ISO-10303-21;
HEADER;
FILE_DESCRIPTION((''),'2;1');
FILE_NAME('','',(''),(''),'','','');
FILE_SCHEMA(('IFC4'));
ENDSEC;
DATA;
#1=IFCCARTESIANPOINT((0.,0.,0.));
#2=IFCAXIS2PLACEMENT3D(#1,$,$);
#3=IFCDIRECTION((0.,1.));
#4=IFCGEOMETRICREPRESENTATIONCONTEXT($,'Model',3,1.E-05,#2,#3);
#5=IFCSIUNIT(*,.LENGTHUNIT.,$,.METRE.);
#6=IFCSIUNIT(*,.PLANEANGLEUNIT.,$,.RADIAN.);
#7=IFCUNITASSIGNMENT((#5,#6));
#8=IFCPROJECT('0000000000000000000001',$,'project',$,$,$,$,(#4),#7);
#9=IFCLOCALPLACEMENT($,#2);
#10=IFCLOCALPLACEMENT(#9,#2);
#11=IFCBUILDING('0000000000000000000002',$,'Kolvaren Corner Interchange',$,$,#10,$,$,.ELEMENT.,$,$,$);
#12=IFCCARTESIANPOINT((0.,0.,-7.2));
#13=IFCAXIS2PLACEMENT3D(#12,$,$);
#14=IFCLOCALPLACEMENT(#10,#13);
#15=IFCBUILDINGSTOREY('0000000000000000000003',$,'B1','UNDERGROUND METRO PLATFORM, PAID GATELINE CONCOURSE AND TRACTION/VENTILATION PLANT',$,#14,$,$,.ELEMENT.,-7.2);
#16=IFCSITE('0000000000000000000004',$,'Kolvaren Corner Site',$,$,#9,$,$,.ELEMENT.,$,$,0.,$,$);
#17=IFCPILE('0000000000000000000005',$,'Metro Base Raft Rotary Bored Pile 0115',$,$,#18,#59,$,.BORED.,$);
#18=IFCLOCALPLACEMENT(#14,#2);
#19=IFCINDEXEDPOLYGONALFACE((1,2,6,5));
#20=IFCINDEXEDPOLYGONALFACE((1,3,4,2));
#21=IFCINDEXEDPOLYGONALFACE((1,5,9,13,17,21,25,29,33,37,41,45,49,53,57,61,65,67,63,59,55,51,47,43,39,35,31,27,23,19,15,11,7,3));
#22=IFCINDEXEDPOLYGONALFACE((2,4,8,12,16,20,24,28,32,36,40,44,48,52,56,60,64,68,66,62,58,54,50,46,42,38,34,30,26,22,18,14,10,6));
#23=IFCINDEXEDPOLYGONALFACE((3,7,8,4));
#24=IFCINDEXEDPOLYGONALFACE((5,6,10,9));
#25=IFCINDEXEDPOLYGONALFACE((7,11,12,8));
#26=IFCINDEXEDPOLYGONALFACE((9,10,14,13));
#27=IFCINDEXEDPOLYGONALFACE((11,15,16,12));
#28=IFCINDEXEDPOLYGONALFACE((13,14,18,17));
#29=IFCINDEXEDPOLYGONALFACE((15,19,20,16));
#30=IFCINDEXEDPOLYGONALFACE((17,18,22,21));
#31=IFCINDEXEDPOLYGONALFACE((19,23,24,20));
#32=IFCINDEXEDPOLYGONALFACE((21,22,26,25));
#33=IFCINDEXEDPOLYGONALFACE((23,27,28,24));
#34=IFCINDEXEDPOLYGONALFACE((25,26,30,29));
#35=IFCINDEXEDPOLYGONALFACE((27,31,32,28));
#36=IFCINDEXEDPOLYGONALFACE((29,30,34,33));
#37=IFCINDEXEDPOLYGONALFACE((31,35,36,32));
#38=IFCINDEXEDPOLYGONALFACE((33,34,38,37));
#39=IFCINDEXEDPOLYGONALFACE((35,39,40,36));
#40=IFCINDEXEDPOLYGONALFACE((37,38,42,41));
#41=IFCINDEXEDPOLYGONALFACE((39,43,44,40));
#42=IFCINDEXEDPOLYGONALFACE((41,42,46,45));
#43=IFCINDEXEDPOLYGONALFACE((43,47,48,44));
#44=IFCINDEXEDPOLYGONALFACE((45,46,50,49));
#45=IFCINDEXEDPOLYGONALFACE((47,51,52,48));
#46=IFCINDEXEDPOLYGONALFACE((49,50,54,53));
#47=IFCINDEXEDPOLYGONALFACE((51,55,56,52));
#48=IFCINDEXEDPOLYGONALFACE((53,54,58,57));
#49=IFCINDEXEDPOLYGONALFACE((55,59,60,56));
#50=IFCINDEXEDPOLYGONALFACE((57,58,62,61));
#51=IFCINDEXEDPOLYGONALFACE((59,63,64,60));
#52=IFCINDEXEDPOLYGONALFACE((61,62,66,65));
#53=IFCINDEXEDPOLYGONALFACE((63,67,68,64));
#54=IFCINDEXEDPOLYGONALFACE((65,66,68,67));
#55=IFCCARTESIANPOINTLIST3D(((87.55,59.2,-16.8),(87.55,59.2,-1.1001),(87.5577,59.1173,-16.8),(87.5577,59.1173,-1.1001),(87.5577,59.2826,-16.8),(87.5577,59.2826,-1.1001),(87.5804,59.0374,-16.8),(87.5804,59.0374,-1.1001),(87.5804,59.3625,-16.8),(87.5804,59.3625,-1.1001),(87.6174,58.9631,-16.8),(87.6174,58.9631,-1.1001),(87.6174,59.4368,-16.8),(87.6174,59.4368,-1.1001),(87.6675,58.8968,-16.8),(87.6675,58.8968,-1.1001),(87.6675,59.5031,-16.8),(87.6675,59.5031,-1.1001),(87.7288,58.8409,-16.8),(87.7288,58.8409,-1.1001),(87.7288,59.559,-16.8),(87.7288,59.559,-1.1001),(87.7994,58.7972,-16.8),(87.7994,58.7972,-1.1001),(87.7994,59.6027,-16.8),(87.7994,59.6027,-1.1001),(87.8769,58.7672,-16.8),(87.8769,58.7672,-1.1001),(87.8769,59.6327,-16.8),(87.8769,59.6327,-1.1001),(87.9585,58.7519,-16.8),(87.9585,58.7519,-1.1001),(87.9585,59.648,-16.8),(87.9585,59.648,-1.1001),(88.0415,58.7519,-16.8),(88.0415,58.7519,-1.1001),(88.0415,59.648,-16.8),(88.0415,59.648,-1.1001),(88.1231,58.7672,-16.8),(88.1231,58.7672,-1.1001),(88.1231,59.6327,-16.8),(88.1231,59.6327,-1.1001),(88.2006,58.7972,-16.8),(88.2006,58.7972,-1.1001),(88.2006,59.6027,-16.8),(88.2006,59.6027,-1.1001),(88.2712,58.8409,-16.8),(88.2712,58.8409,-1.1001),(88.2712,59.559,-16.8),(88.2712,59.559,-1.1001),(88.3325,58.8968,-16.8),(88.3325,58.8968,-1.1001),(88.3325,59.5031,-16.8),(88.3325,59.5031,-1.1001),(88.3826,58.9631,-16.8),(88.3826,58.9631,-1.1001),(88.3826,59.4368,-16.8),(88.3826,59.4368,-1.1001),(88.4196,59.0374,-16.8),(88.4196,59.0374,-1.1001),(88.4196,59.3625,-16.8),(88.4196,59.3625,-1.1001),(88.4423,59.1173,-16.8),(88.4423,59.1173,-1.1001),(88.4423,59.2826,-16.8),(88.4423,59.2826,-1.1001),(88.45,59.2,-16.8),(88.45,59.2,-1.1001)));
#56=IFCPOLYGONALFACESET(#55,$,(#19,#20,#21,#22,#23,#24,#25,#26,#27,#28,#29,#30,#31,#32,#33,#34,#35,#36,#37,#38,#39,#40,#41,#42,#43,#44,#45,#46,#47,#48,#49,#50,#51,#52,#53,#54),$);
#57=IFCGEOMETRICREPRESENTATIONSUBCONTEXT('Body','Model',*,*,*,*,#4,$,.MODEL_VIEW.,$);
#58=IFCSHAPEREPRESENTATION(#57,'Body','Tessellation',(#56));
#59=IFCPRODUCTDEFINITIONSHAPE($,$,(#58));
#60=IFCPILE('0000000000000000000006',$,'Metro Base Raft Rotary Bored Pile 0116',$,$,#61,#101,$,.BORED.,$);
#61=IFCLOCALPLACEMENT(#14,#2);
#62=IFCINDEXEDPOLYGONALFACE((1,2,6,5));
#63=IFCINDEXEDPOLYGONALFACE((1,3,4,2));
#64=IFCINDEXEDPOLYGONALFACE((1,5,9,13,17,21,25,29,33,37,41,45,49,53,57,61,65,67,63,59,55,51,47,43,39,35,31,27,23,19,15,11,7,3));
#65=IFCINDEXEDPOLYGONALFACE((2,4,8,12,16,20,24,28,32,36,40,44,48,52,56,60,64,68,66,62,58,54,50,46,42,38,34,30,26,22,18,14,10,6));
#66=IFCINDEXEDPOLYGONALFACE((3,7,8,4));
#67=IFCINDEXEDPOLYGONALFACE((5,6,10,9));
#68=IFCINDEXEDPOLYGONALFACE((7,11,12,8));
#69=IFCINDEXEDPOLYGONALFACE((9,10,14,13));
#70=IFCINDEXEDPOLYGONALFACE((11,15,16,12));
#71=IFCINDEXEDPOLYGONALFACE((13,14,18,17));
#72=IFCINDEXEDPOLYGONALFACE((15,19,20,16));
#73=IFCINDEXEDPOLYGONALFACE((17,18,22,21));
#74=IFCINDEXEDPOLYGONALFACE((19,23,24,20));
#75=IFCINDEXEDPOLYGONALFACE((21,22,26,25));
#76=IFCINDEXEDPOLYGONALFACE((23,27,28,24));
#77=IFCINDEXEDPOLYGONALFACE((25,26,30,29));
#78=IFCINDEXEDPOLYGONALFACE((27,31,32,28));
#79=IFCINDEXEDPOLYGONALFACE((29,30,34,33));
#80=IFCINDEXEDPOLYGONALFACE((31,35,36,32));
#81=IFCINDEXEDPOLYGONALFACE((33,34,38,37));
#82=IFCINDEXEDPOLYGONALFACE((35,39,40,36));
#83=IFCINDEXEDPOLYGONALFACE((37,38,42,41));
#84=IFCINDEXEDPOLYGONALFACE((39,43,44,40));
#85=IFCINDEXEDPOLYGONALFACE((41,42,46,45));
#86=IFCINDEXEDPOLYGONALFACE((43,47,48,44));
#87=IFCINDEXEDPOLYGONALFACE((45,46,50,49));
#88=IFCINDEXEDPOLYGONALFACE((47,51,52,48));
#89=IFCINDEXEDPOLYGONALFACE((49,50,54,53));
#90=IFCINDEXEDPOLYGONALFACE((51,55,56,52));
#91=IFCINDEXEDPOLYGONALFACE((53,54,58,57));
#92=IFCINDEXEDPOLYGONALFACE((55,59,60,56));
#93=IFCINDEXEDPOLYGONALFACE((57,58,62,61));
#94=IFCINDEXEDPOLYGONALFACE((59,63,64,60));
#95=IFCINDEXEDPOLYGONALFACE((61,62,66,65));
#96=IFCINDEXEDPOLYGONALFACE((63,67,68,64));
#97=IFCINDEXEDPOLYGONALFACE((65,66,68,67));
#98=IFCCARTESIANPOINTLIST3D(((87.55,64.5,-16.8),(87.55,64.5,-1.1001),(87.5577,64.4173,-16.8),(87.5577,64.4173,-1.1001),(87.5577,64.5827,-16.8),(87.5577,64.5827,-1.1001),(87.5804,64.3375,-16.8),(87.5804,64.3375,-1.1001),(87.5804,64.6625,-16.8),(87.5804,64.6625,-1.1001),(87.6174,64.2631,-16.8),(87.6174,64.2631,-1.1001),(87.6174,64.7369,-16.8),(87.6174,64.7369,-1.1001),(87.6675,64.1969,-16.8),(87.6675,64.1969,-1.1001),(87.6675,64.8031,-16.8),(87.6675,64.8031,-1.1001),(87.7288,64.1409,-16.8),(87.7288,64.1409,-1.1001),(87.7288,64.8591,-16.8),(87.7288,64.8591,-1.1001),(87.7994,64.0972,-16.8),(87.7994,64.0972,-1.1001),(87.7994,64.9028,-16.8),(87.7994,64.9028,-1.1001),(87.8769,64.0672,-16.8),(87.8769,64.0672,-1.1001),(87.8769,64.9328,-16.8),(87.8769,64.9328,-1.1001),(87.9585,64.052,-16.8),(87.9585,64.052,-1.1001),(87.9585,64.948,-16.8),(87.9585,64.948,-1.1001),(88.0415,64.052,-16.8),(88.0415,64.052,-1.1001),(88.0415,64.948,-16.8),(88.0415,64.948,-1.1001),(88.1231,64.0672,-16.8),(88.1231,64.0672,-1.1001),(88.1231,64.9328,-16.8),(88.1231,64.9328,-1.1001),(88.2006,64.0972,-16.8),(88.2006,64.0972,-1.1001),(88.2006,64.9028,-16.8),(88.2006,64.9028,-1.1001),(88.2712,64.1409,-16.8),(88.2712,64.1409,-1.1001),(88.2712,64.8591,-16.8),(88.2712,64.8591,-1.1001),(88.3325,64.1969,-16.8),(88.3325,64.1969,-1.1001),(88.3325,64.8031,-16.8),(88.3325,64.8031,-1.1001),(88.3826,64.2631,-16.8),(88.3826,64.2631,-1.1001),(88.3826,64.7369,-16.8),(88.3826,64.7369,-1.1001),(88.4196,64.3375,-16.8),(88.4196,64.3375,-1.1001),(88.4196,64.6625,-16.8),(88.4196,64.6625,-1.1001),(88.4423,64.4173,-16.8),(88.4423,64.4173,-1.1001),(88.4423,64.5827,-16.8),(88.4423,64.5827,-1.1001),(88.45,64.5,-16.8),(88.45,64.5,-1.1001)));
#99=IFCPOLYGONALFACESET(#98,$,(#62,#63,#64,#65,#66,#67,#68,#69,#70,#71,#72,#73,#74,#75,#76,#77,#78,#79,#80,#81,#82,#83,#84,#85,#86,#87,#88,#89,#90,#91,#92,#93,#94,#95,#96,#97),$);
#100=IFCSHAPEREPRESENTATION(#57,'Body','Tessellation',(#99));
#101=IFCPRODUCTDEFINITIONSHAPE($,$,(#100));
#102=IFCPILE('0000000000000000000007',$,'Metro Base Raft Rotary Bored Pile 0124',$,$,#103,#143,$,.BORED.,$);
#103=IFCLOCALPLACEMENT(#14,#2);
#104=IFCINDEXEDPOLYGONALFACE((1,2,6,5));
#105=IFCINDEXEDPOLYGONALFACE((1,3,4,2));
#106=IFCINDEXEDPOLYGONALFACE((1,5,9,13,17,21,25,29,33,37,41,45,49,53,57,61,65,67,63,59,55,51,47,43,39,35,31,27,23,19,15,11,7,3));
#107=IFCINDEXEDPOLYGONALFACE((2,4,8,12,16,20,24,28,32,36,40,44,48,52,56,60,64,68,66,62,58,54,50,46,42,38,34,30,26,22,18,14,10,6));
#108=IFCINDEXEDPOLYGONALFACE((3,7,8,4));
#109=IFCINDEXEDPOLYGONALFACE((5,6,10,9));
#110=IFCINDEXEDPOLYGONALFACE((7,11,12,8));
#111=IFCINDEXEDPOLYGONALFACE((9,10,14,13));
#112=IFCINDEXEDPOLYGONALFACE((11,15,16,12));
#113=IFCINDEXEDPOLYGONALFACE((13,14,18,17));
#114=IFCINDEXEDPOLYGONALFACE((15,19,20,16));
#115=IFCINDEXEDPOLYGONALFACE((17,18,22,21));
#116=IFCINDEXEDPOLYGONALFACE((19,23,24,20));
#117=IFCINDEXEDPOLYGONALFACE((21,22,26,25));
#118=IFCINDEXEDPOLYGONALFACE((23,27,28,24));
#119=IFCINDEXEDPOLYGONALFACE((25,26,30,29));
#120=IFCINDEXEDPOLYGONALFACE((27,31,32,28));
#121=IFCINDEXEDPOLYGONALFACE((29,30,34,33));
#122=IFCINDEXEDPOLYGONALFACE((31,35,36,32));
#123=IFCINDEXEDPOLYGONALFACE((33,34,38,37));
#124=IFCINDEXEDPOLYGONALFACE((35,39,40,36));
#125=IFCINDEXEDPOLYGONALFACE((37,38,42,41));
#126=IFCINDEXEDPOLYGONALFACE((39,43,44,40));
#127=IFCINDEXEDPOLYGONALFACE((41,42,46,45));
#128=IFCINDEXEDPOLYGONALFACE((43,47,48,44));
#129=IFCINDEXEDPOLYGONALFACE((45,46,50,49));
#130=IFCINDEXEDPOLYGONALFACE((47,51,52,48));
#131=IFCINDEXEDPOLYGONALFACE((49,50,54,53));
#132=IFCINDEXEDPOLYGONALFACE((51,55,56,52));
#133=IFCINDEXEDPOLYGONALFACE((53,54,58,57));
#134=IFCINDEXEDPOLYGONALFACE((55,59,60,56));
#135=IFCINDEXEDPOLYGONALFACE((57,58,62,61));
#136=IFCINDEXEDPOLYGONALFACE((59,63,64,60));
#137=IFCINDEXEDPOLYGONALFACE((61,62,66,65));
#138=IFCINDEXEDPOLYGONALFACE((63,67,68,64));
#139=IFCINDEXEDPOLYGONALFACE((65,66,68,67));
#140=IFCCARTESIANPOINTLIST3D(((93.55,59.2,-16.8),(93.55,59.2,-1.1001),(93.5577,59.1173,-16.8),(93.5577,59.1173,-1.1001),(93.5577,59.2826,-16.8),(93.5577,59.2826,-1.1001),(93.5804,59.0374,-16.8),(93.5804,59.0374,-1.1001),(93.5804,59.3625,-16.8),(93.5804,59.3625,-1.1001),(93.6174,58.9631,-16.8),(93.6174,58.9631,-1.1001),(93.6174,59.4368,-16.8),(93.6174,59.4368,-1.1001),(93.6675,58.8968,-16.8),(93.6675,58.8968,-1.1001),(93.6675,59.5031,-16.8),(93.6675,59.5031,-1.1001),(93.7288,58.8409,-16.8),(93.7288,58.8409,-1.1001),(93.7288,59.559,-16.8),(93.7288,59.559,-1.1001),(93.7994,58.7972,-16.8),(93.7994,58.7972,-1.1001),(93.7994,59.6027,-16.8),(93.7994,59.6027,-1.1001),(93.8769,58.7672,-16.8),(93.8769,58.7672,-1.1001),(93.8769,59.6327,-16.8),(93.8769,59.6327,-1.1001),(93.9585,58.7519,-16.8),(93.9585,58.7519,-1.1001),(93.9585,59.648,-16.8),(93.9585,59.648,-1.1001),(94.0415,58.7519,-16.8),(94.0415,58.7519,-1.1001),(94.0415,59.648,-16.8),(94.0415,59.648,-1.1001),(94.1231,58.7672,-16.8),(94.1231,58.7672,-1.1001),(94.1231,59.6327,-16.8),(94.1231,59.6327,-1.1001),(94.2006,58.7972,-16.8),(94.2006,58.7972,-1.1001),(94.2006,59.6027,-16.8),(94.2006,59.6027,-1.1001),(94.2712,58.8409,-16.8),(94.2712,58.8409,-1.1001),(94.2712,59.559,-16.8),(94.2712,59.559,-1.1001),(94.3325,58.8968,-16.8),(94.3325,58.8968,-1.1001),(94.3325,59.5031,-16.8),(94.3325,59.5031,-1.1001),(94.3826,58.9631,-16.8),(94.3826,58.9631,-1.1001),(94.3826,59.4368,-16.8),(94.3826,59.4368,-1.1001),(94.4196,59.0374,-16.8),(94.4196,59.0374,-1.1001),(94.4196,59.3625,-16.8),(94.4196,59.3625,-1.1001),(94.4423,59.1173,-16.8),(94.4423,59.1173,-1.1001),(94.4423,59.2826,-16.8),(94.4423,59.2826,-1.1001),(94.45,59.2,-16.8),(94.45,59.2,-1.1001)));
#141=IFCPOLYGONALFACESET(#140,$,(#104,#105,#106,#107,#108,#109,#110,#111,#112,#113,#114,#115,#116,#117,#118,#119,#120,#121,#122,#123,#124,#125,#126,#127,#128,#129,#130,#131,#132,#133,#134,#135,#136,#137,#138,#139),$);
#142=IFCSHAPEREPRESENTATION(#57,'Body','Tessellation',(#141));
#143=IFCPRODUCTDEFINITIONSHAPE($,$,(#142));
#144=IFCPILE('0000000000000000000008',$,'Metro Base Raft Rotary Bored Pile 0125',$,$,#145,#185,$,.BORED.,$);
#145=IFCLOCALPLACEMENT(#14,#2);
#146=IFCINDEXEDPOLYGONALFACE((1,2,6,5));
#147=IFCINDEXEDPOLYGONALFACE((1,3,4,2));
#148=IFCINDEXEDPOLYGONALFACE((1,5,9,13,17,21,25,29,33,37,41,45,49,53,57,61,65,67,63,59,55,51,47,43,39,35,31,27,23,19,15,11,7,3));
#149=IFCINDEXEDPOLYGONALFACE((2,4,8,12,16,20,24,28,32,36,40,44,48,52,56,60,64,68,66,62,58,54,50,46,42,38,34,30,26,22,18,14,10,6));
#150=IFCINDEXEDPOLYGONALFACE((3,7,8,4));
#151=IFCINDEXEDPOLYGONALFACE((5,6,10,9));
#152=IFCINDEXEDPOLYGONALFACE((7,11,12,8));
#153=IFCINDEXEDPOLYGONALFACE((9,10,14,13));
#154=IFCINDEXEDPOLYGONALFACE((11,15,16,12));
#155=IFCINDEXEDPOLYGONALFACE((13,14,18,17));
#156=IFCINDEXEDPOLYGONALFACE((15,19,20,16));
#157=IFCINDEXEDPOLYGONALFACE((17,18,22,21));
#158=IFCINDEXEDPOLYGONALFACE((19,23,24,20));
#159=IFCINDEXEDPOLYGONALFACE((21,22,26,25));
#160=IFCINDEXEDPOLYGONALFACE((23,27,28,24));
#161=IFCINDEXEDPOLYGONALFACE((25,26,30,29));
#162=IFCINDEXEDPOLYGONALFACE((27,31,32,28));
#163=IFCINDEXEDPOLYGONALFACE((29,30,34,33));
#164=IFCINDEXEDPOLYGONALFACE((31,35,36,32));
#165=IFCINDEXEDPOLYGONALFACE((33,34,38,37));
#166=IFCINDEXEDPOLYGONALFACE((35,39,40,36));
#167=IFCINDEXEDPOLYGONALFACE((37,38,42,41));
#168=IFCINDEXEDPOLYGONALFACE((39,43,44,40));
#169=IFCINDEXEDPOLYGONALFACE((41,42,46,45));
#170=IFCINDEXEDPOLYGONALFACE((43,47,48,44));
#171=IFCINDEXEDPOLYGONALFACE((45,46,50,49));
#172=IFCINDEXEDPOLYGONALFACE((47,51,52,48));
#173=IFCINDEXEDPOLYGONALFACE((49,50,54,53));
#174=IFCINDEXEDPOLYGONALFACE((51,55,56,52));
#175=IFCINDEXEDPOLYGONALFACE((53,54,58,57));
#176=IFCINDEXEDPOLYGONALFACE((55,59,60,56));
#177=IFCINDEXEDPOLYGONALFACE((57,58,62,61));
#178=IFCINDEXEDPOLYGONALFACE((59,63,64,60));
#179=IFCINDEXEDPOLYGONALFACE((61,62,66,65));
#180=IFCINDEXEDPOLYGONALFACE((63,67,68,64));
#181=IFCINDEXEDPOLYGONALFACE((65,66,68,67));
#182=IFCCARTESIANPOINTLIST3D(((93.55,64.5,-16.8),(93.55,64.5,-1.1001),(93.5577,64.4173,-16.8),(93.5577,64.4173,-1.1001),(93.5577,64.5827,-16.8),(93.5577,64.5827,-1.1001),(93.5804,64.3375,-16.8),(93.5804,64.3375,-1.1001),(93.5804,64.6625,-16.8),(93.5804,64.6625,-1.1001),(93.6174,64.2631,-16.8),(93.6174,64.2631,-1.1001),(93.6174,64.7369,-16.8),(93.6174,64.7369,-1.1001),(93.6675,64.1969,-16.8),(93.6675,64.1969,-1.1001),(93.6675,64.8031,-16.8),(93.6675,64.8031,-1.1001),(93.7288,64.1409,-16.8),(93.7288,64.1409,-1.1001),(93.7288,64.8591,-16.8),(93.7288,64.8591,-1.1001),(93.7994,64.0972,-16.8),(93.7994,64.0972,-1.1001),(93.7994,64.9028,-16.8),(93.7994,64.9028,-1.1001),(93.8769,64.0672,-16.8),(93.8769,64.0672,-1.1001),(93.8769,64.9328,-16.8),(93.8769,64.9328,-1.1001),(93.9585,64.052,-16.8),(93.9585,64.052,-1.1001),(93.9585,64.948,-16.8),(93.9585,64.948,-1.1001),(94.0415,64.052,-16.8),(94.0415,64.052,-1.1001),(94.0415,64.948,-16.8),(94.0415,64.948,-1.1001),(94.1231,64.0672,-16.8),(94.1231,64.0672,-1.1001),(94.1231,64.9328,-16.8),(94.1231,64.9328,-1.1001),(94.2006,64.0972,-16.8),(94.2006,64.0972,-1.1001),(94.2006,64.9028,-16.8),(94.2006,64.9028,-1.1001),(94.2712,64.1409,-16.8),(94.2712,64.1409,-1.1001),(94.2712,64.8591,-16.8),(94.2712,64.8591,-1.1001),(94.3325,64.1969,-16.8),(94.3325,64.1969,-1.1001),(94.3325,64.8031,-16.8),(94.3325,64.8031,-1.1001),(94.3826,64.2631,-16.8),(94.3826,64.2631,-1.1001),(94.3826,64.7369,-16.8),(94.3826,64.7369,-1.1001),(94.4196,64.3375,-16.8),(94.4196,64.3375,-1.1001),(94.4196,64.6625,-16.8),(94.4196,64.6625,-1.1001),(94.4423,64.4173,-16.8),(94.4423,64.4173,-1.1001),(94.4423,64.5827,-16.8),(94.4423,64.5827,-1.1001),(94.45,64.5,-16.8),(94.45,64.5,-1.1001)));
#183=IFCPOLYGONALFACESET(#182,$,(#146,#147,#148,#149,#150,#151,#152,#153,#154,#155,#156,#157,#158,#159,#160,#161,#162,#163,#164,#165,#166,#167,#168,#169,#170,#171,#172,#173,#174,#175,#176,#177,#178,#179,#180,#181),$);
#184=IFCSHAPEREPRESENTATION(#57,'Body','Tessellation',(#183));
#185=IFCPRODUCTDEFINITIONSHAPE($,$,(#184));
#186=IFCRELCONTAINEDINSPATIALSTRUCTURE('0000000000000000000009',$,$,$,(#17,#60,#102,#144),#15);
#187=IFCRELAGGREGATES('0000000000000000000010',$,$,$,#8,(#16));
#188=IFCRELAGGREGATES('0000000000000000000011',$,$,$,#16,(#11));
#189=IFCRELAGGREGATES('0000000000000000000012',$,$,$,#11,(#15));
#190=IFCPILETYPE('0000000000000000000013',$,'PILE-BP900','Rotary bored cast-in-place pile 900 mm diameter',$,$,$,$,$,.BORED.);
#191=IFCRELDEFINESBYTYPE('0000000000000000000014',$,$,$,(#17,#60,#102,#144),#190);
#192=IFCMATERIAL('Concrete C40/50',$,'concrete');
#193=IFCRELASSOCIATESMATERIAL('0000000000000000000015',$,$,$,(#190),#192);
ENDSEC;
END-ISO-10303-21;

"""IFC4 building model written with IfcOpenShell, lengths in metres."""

from ifc_helpers import new_model, si_unit, direction, frame, origin, origin_2d, place, context, subcontext, project, spatial, circle, extrude, material, material_profile, profile_set, type_object, element, save


model = new_model("IFC4")

# Units and contexts
model_context = context("Model", 3, precision=1e-05, world=origin(), true_north=direction((0.0, 1.0)))
body_context = subcontext(model_context, "Body", "Model", "MODEL_VIEW")
ifc_project = project(units=[si_unit("LENGTHUNIT", "METRE"), si_unit("PLANEANGLEUNIT", "RADIAN")], contexts=[model_context])

# Site, building, storey
site_placement = place(None, origin())
site = spatial("IfcSite", under=ifc_project, at=site_placement, Name="Kolvaren Corner Site", CompositionType="ELEMENT", RefElevation=0.0)
building_placement = place(site_placement, origin())
building = spatial("IfcBuilding", under=site, at=building_placement, Name="Kolvaren Corner Interchange", CompositionType="ELEMENT")
storey_placement = place(building_placement, frame((0.0, 0.0, -7.2)))
storey = spatial("IfcBuildingStorey", under=building, at=storey_placement, Name="B1", Description="UNDERGROUND METRO PLATFORM, PAID GATELINE CONCOURSE AND TRACTION/VENTILATION PLANT", CompositionType="ELEMENT", Elevation=-7.2)

# Piles
ifc_material_1 = material(Name="Concrete C40/50", Category="concrete")
ifc_material_profile_1 = material_profile(ifc_material_1, circle(Radius=0.45, at=origin_2d()), Name="BORED PILE 900")
ifc_profile_set_1 = profile_set([ifc_material_profile_1], Name="Concrete C40/50")
pile_type = type_object("IfcPileType", Name="PILE-BP900", Description="Rotary bored cast-in-place pile 900 mm diameter", PredefinedType="BORED", material=ifc_profile_set_1)
for number, where, z_axis, x_axis, name in (
    (1, (88.0, 59.2, -1.1001), (0.0, 0.0, -1.0), (1.0, 0.0, 0.0), "Metro Base Raft Rotary Bored Pile 0115"),
    (2, (88.0, 64.5, -1.1001), (0.0, 0.0, -1.0), (1.0, 0.0, 0.0), "Metro Base Raft Rotary Bored Pile 0116"),
    (3, (94.0, 59.2, -1.1001), (0.0, 0.0, -1.0), (1.0, 0.0, 0.0), "Metro Base Raft Rotary Bored Pile 0124"),
    (4, (94.0, 64.5, -1.1001), (0.0, 0.0, -1.0), (1.0, 0.0, 0.0), "Metro Base Raft Rotary Bored Pile 0125"),
):
    element("IfcPile", number, at=place(storey_placement, frame(where, z_axis=z_axis, x_axis=x_axis)), inside=storey, type_object=pile_type, Name=name, PredefinedType="BORED", context=body_context, shape_type="SweptSolid", body=[
        extrude(circle(Radius=0.45, at=origin_2d()), origin(), (0.0, 0.0, 1.0), 15.7),
    ])

save(model, "model.ifc")
